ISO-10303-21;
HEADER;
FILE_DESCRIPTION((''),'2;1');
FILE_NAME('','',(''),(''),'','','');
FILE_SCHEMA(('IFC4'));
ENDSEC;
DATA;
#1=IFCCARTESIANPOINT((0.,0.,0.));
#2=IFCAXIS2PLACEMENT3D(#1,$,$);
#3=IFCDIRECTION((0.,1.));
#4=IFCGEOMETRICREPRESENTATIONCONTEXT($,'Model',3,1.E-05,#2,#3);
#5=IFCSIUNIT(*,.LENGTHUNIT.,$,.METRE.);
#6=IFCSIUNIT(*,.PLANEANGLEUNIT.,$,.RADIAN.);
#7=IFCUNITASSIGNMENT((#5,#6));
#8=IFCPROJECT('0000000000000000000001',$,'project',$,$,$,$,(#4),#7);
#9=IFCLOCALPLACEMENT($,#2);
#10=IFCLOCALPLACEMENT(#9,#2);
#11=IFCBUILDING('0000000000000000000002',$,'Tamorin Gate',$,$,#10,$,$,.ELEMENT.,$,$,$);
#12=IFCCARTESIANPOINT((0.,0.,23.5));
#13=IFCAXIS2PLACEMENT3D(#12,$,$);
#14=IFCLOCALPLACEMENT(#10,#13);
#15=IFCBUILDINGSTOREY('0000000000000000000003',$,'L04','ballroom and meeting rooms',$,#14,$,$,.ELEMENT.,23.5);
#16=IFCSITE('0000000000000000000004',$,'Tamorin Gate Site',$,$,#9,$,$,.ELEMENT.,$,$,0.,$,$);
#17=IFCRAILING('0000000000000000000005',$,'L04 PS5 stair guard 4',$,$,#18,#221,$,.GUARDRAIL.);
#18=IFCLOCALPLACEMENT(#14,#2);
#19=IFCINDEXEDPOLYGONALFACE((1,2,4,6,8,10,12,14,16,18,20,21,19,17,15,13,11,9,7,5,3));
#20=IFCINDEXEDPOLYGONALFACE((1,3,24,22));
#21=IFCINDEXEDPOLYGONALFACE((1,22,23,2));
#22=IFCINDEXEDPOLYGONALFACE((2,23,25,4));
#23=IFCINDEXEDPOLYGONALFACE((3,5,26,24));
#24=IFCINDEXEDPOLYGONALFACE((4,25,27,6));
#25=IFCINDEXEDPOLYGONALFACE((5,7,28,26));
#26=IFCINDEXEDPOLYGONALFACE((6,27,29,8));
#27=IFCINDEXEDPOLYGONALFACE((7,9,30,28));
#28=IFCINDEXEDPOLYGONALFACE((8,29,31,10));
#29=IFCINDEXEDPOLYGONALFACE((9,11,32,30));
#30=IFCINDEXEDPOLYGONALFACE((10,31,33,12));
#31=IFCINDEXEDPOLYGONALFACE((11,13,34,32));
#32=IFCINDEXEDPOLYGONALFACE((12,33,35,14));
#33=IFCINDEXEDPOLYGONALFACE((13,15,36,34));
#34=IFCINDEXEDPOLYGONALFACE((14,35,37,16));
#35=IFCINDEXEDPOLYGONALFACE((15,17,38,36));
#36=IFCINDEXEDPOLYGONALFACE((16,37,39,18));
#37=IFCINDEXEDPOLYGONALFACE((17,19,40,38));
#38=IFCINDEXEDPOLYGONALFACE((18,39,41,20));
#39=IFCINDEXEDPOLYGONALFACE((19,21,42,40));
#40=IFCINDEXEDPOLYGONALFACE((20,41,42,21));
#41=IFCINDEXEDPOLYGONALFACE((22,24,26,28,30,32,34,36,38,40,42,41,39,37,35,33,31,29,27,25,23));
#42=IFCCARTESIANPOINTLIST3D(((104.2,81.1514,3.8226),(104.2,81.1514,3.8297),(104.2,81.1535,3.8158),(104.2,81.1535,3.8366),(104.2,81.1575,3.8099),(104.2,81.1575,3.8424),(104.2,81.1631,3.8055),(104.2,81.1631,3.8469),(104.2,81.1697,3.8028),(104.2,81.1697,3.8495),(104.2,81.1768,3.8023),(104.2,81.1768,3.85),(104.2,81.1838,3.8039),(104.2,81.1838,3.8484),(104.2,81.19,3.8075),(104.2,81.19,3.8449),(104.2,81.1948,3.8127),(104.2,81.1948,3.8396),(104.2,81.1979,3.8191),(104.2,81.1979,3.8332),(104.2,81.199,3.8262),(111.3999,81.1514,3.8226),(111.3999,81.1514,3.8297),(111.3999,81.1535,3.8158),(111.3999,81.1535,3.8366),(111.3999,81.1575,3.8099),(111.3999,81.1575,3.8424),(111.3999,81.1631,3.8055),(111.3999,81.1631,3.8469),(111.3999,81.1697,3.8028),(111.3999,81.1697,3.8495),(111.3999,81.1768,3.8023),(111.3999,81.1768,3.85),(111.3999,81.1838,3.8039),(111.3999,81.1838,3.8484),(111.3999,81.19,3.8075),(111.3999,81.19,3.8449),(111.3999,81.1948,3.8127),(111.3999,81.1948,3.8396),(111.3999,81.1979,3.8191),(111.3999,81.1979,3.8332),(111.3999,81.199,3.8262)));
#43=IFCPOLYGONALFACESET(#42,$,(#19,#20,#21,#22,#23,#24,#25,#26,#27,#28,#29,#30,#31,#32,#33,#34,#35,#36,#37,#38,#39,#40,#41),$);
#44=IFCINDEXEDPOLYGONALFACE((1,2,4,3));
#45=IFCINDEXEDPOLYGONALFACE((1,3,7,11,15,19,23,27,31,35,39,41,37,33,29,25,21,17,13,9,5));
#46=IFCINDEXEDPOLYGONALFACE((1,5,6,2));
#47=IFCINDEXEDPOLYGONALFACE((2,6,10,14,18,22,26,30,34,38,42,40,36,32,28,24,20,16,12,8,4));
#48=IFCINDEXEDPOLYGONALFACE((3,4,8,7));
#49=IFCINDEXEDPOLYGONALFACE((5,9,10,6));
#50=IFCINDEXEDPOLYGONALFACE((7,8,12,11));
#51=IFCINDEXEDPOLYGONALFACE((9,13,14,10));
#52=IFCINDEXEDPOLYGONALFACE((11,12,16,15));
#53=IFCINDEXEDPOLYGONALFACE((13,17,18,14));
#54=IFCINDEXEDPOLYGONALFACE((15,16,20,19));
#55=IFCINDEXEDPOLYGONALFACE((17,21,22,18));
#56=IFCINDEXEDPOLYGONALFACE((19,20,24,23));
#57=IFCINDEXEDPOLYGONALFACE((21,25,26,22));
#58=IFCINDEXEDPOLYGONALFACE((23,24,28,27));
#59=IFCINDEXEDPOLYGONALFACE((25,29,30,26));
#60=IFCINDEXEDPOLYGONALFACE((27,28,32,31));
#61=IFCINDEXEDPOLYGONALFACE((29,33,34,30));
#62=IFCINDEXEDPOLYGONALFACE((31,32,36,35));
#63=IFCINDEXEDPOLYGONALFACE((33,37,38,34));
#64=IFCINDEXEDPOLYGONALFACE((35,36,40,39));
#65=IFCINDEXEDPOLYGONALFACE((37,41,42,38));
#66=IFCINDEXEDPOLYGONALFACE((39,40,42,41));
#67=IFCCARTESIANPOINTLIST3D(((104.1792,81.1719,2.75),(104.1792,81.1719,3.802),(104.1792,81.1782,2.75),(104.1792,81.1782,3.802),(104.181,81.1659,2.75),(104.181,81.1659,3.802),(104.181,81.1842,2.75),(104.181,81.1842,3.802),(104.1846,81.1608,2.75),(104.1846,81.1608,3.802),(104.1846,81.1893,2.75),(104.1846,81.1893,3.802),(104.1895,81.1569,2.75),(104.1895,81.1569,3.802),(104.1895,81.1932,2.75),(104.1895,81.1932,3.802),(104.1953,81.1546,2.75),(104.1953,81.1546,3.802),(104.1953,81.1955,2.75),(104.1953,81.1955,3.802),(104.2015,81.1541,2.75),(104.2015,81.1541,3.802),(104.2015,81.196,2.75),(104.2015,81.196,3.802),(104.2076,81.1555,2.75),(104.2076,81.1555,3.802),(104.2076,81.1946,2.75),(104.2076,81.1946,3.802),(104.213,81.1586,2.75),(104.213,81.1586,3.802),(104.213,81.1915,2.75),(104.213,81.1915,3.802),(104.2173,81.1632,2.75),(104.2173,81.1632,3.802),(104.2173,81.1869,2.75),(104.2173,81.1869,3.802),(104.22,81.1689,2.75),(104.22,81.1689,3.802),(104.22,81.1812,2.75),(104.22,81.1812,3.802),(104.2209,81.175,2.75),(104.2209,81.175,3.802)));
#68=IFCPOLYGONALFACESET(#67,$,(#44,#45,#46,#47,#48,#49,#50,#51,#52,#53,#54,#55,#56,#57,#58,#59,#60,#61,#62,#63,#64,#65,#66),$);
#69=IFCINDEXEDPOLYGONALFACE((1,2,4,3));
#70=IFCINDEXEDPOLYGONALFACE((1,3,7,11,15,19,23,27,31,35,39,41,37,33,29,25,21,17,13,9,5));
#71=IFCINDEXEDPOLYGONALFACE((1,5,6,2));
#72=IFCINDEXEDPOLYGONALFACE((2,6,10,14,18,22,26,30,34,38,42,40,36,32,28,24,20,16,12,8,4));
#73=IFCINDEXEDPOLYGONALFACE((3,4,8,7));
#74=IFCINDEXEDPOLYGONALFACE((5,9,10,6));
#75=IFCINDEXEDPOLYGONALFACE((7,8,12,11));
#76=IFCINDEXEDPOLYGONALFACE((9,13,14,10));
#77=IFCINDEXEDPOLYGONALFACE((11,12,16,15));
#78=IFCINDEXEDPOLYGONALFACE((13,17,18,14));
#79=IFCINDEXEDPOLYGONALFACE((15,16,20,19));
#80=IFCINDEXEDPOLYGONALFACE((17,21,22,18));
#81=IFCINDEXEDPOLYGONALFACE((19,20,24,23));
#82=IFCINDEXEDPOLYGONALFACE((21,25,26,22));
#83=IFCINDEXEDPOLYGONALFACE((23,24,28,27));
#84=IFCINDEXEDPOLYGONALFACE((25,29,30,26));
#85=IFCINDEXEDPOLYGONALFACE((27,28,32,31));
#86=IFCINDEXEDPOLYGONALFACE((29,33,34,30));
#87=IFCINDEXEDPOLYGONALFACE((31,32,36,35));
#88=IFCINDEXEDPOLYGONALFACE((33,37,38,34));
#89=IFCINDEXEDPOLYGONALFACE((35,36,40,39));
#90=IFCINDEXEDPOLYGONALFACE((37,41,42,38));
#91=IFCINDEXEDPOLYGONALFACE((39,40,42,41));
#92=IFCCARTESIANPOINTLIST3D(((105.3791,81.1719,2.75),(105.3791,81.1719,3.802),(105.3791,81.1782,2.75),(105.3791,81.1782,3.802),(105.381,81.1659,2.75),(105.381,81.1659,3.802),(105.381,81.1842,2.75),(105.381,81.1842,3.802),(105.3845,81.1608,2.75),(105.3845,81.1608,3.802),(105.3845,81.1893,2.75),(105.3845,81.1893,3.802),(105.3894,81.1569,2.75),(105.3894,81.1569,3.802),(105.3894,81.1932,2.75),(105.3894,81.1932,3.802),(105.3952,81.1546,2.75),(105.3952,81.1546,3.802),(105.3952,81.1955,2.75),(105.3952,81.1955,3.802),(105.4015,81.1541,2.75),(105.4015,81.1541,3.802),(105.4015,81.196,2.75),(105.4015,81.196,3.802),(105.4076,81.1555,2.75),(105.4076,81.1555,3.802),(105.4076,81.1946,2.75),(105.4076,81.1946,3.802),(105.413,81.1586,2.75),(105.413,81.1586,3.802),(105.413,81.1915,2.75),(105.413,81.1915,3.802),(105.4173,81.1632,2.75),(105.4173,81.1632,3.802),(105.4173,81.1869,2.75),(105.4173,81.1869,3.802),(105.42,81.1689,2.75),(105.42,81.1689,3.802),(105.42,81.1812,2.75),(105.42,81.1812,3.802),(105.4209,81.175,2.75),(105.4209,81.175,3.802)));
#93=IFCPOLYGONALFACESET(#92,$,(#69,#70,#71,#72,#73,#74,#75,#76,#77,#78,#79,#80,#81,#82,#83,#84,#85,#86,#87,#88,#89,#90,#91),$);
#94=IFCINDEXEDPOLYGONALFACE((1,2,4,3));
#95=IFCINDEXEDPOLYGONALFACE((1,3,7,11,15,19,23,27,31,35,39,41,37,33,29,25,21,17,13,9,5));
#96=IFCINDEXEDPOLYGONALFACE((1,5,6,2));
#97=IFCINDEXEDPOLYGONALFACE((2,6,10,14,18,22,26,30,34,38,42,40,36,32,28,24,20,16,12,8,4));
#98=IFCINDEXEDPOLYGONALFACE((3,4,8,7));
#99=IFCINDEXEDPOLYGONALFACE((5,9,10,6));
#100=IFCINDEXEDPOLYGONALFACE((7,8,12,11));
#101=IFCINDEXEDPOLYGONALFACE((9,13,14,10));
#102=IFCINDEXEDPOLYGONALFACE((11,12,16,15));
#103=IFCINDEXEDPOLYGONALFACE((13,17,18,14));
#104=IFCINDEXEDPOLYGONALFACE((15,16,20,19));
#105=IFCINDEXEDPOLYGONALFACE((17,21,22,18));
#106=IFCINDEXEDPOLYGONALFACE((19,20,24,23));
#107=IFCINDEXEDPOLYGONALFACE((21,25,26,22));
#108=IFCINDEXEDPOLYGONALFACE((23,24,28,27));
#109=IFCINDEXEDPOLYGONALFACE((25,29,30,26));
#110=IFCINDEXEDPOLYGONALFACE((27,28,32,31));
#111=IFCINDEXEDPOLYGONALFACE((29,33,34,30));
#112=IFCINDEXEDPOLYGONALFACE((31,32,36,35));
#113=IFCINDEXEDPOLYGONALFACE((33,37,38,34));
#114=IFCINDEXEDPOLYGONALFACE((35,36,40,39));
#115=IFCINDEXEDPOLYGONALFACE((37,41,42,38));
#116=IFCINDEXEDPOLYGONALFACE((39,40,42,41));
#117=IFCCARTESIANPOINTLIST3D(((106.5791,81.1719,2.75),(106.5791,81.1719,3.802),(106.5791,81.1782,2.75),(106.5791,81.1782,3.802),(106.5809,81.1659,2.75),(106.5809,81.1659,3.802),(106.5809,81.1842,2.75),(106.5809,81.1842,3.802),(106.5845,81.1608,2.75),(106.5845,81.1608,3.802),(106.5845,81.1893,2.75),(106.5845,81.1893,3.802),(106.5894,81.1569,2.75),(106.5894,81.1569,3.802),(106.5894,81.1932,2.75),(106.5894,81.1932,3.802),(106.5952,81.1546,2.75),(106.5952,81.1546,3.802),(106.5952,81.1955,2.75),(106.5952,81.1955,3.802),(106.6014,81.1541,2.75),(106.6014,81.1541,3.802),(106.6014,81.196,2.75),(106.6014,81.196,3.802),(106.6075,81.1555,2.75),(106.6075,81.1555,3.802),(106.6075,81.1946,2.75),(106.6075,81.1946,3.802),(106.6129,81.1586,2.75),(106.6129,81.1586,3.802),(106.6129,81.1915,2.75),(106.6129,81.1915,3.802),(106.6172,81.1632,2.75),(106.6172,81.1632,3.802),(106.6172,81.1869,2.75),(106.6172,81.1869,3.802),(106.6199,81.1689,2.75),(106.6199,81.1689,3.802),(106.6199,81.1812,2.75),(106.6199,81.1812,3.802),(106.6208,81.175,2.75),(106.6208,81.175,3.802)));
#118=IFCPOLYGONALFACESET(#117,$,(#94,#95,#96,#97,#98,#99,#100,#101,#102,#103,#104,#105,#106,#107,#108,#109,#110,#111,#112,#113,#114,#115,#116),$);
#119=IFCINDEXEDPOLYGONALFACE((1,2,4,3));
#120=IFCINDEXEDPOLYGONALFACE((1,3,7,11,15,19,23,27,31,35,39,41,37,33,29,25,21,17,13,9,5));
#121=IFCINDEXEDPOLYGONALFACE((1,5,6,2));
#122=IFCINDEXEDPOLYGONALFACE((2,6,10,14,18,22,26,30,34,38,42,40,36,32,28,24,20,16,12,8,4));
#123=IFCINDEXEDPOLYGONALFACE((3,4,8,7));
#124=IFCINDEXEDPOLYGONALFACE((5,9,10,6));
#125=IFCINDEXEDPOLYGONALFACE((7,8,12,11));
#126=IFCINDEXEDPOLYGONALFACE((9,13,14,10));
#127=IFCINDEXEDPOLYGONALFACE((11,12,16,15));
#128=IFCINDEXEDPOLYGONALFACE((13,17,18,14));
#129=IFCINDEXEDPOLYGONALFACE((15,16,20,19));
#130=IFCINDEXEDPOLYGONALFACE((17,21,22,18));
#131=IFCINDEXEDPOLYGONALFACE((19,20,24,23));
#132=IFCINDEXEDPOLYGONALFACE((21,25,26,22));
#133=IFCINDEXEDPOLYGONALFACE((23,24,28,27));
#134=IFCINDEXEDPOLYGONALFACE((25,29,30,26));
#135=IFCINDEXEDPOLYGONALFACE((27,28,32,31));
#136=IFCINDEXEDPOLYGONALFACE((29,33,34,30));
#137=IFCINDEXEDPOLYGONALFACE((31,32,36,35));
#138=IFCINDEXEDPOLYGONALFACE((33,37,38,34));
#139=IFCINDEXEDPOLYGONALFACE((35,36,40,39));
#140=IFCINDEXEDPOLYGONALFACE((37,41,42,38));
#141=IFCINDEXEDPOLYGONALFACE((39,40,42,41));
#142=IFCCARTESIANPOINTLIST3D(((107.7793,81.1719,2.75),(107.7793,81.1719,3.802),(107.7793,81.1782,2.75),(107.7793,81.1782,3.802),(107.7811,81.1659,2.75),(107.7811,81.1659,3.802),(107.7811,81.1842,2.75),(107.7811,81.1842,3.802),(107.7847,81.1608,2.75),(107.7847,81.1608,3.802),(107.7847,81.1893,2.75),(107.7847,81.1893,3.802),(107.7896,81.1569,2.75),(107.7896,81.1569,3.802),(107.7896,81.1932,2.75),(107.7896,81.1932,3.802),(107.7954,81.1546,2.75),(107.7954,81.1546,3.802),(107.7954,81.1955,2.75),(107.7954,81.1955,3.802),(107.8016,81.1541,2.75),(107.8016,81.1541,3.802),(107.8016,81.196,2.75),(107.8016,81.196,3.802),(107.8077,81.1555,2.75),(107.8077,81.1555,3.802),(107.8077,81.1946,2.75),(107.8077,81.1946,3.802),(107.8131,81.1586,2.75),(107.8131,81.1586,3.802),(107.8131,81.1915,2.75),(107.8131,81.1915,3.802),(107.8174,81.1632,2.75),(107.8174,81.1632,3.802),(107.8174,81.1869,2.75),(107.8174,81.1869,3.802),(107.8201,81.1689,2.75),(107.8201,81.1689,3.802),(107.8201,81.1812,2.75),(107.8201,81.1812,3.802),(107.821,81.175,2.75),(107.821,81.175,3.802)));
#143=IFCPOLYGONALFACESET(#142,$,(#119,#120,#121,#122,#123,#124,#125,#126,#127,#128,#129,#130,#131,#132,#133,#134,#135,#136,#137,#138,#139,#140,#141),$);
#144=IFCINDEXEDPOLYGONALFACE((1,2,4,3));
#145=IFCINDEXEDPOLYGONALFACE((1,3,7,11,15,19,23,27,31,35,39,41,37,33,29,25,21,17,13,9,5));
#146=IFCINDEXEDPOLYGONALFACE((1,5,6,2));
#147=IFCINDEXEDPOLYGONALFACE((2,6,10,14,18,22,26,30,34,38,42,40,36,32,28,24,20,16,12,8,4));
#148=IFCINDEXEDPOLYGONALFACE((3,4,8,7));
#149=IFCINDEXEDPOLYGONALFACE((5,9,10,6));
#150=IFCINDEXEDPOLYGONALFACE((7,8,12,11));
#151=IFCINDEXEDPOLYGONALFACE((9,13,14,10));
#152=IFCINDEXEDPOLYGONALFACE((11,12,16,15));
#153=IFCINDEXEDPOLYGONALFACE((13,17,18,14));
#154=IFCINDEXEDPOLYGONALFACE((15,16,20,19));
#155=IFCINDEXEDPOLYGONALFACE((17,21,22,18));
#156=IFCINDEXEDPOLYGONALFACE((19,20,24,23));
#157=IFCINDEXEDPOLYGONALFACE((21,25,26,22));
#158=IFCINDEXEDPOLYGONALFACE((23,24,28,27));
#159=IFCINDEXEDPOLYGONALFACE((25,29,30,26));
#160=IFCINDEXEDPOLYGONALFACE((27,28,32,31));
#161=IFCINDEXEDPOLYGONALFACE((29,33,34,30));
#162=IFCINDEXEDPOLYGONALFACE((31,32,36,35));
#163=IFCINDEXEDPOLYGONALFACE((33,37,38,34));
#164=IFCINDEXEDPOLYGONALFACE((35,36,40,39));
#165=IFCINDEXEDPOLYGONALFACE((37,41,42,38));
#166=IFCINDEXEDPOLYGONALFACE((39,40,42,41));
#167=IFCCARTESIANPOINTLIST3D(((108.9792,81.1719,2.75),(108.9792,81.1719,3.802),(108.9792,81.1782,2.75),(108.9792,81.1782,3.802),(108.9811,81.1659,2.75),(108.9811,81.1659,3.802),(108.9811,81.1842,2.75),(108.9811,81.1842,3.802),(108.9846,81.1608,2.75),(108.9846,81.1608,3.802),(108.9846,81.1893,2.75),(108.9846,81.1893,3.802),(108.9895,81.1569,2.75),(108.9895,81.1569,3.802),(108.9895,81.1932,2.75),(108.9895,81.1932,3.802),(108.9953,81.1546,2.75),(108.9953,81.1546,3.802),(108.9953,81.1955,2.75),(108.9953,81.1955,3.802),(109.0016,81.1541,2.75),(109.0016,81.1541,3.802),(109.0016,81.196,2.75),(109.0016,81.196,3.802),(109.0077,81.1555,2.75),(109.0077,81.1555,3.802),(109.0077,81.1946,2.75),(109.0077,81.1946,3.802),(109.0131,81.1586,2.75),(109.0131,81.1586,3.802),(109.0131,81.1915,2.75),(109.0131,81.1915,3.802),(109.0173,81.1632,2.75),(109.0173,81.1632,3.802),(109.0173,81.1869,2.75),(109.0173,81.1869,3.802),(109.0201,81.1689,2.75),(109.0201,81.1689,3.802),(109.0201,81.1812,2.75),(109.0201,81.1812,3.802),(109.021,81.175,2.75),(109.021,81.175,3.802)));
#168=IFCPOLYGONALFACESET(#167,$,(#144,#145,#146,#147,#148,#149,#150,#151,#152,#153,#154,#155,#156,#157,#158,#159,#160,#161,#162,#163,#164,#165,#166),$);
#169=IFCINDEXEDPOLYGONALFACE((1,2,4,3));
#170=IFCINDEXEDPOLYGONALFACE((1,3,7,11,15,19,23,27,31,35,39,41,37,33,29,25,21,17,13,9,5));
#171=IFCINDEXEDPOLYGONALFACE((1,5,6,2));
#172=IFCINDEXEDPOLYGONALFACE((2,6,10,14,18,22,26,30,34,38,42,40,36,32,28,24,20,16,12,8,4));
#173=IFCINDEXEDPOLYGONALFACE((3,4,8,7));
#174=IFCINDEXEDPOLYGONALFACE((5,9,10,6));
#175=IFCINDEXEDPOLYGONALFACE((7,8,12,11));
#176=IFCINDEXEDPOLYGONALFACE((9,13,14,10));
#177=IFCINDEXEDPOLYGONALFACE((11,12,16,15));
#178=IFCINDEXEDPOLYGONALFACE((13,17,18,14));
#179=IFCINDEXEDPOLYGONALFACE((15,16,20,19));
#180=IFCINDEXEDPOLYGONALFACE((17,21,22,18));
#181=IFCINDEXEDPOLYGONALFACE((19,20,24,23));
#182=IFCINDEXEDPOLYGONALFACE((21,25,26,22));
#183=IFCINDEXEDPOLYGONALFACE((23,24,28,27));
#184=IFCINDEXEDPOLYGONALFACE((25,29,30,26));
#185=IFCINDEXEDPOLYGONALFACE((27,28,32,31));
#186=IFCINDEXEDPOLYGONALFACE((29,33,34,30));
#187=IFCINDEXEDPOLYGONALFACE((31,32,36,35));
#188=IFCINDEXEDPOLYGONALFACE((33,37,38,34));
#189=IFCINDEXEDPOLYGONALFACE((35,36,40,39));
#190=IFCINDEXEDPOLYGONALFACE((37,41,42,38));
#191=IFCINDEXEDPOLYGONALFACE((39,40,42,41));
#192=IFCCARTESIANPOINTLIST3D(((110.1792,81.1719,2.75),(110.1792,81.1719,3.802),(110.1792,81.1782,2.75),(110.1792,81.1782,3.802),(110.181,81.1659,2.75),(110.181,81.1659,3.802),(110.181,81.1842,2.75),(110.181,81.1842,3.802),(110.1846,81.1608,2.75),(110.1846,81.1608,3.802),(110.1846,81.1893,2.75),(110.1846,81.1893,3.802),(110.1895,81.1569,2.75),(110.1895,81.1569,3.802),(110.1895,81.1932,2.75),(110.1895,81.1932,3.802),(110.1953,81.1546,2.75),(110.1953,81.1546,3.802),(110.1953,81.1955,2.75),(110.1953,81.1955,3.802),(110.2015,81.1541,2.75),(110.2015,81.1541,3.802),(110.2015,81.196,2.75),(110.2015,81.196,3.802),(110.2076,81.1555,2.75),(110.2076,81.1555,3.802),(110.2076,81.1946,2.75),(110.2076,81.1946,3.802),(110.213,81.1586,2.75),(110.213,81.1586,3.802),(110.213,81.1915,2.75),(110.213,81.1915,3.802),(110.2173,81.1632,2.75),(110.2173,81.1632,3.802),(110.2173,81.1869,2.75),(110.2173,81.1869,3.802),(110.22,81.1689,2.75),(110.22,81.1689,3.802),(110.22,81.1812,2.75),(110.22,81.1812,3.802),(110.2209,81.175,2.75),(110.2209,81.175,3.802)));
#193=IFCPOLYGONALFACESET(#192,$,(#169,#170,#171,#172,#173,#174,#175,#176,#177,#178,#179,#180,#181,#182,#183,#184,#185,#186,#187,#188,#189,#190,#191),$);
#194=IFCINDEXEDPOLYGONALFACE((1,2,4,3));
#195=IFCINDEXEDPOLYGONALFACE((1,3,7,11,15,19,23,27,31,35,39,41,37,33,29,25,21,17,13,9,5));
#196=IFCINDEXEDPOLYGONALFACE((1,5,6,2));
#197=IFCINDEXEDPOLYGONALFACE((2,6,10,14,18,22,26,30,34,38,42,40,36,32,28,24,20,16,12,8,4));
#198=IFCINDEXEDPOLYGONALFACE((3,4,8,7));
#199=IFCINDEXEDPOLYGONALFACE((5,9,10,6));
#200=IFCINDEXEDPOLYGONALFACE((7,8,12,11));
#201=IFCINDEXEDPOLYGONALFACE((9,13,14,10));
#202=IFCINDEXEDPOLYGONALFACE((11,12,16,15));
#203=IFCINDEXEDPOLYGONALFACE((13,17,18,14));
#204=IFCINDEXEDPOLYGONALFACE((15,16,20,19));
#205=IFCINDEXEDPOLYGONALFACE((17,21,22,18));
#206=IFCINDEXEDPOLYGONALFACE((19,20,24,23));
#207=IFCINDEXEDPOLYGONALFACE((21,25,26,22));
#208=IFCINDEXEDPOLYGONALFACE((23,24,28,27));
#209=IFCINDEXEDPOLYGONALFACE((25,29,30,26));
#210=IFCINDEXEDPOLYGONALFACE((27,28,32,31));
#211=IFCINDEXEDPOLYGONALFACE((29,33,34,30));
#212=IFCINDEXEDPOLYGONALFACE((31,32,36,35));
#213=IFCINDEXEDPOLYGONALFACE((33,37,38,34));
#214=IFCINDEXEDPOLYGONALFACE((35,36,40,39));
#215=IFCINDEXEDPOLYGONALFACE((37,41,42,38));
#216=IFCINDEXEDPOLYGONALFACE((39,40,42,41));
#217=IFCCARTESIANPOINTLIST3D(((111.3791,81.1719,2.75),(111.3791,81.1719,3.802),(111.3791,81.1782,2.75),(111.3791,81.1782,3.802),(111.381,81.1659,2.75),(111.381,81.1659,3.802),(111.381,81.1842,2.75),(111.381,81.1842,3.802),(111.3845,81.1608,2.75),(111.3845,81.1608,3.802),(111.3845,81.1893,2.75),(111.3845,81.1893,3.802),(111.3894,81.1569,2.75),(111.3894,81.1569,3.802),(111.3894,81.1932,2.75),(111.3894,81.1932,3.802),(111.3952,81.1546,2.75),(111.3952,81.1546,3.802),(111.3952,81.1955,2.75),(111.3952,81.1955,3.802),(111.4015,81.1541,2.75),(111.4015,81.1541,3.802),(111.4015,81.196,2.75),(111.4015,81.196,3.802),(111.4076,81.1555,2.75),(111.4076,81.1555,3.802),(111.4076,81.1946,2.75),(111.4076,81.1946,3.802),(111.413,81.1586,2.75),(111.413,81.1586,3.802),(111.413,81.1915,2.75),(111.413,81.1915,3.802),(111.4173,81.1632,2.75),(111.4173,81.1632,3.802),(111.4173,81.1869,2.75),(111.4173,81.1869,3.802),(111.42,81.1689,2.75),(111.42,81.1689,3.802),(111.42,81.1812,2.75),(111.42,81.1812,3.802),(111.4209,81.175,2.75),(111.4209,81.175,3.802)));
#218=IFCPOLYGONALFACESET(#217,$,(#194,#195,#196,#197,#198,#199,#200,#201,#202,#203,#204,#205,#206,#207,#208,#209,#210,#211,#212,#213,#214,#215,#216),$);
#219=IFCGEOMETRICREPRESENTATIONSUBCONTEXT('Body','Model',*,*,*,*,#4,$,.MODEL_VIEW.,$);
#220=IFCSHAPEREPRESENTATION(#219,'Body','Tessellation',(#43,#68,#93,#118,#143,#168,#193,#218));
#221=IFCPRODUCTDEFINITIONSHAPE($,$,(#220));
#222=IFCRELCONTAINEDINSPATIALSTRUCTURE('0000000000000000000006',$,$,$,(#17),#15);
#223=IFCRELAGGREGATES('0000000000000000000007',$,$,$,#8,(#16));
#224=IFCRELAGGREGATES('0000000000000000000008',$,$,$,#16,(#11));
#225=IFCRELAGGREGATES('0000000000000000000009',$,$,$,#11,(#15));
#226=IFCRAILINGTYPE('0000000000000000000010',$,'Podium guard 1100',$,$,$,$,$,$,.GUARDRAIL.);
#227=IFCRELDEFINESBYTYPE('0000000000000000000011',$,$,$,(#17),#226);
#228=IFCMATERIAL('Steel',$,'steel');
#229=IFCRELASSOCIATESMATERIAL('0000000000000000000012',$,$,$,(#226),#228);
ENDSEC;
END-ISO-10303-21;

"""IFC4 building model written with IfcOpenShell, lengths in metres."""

from ifc_helpers import new_model, si_unit, direction, frame, origin, origin_2d, place, context, subcontext, project, spatial, circle, extrude, material, type_object, element, save


model = new_model("IFC4")

# Units and contexts
model_context = context("Model", 3, precision=1e-05, world=origin(), true_north=direction((0.0, 1.0)))
body_context = subcontext(model_context, "Body", "Model", "MODEL_VIEW")
ifc_project = project(units=[si_unit("LENGTHUNIT", "METRE"), si_unit("PLANEANGLEUNIT", "RADIAN")], contexts=[model_context])

# Site, building, storey
site_placement = place(None, origin())
site = spatial("IfcSite", under=ifc_project, at=site_placement, Name="Tamorin Gate Site", CompositionType="ELEMENT", RefElevation=0.0)
building_placement = place(site_placement, origin())
building = spatial("IfcBuilding", under=site, at=building_placement, Name="Tamorin Gate", CompositionType="ELEMENT")
storey_placement = place(building_placement, frame((0.0, 0.0, 23.5)))
storey = spatial("IfcBuildingStorey", under=building, at=storey_placement, Name="L04", Description="ballroom and meeting rooms", CompositionType="ELEMENT", Elevation=23.5)

# Railing
ifc_material_1 = material(Name="Steel", Category="steel")
railing_type_1 = type_object("IfcRailingType", Name="Podium guard 1100", PredefinedType="GUARDRAIL", material=ifc_material_1)
for number, where, name in (
    (1, (104.2, 81.175, 2.75), "L04 PS5 stair guard 4"),
):
    element("IfcRailing", number, at=place(storey_placement, frame(where)), inside=storey, type_object=railing_type_1, Name=name, PredefinedType="GUARDRAIL", context=body_context, shape_type="SweptSolid", body=[
        extrude(circle(Radius=0.0239, at=origin_2d()), frame((0.0, 0.0, 1.0762), z_axis=(1.0, 0.0, 0.0), x_axis=(0.0, 1.0, 0.0)), (0.0, 0.0, 1.0), 7.2),
        extrude(circle(Radius=0.021, at=origin_2d()), origin(), (0.0, 0.0, 1.0), 1.052),
        extrude(circle(Radius=0.021, at=origin_2d()), frame((1.2, 0.0, 0.0)), (0.0, 0.0, 1.0), 1.052),
        extrude(circle(Radius=0.021, at=origin_2d()), frame((2.3999, 0.0, 0.0)), (0.0, 0.0, 1.0), 1.052),
        extrude(circle(Radius=0.021, at=origin_2d()), frame((3.6001, 0.0, 0.0)), (0.0, 0.0, 1.0), 1.052),
        extrude(circle(Radius=0.021, at=origin_2d()), frame((4.8, 0.0, 0.0)), (0.0, 0.0, 1.0), 1.052),
        extrude(circle(Radius=0.021, at=origin_2d()), frame((6.0, 0.0, 0.0)), (0.0, 0.0, 1.0), 1.052),
        extrude(circle(Radius=0.021, at=origin_2d()), frame((7.2, 0.0, 0.0)), (0.0, 0.0, 1.0), 1.052),
    ])

save(model, "model.ifc")
